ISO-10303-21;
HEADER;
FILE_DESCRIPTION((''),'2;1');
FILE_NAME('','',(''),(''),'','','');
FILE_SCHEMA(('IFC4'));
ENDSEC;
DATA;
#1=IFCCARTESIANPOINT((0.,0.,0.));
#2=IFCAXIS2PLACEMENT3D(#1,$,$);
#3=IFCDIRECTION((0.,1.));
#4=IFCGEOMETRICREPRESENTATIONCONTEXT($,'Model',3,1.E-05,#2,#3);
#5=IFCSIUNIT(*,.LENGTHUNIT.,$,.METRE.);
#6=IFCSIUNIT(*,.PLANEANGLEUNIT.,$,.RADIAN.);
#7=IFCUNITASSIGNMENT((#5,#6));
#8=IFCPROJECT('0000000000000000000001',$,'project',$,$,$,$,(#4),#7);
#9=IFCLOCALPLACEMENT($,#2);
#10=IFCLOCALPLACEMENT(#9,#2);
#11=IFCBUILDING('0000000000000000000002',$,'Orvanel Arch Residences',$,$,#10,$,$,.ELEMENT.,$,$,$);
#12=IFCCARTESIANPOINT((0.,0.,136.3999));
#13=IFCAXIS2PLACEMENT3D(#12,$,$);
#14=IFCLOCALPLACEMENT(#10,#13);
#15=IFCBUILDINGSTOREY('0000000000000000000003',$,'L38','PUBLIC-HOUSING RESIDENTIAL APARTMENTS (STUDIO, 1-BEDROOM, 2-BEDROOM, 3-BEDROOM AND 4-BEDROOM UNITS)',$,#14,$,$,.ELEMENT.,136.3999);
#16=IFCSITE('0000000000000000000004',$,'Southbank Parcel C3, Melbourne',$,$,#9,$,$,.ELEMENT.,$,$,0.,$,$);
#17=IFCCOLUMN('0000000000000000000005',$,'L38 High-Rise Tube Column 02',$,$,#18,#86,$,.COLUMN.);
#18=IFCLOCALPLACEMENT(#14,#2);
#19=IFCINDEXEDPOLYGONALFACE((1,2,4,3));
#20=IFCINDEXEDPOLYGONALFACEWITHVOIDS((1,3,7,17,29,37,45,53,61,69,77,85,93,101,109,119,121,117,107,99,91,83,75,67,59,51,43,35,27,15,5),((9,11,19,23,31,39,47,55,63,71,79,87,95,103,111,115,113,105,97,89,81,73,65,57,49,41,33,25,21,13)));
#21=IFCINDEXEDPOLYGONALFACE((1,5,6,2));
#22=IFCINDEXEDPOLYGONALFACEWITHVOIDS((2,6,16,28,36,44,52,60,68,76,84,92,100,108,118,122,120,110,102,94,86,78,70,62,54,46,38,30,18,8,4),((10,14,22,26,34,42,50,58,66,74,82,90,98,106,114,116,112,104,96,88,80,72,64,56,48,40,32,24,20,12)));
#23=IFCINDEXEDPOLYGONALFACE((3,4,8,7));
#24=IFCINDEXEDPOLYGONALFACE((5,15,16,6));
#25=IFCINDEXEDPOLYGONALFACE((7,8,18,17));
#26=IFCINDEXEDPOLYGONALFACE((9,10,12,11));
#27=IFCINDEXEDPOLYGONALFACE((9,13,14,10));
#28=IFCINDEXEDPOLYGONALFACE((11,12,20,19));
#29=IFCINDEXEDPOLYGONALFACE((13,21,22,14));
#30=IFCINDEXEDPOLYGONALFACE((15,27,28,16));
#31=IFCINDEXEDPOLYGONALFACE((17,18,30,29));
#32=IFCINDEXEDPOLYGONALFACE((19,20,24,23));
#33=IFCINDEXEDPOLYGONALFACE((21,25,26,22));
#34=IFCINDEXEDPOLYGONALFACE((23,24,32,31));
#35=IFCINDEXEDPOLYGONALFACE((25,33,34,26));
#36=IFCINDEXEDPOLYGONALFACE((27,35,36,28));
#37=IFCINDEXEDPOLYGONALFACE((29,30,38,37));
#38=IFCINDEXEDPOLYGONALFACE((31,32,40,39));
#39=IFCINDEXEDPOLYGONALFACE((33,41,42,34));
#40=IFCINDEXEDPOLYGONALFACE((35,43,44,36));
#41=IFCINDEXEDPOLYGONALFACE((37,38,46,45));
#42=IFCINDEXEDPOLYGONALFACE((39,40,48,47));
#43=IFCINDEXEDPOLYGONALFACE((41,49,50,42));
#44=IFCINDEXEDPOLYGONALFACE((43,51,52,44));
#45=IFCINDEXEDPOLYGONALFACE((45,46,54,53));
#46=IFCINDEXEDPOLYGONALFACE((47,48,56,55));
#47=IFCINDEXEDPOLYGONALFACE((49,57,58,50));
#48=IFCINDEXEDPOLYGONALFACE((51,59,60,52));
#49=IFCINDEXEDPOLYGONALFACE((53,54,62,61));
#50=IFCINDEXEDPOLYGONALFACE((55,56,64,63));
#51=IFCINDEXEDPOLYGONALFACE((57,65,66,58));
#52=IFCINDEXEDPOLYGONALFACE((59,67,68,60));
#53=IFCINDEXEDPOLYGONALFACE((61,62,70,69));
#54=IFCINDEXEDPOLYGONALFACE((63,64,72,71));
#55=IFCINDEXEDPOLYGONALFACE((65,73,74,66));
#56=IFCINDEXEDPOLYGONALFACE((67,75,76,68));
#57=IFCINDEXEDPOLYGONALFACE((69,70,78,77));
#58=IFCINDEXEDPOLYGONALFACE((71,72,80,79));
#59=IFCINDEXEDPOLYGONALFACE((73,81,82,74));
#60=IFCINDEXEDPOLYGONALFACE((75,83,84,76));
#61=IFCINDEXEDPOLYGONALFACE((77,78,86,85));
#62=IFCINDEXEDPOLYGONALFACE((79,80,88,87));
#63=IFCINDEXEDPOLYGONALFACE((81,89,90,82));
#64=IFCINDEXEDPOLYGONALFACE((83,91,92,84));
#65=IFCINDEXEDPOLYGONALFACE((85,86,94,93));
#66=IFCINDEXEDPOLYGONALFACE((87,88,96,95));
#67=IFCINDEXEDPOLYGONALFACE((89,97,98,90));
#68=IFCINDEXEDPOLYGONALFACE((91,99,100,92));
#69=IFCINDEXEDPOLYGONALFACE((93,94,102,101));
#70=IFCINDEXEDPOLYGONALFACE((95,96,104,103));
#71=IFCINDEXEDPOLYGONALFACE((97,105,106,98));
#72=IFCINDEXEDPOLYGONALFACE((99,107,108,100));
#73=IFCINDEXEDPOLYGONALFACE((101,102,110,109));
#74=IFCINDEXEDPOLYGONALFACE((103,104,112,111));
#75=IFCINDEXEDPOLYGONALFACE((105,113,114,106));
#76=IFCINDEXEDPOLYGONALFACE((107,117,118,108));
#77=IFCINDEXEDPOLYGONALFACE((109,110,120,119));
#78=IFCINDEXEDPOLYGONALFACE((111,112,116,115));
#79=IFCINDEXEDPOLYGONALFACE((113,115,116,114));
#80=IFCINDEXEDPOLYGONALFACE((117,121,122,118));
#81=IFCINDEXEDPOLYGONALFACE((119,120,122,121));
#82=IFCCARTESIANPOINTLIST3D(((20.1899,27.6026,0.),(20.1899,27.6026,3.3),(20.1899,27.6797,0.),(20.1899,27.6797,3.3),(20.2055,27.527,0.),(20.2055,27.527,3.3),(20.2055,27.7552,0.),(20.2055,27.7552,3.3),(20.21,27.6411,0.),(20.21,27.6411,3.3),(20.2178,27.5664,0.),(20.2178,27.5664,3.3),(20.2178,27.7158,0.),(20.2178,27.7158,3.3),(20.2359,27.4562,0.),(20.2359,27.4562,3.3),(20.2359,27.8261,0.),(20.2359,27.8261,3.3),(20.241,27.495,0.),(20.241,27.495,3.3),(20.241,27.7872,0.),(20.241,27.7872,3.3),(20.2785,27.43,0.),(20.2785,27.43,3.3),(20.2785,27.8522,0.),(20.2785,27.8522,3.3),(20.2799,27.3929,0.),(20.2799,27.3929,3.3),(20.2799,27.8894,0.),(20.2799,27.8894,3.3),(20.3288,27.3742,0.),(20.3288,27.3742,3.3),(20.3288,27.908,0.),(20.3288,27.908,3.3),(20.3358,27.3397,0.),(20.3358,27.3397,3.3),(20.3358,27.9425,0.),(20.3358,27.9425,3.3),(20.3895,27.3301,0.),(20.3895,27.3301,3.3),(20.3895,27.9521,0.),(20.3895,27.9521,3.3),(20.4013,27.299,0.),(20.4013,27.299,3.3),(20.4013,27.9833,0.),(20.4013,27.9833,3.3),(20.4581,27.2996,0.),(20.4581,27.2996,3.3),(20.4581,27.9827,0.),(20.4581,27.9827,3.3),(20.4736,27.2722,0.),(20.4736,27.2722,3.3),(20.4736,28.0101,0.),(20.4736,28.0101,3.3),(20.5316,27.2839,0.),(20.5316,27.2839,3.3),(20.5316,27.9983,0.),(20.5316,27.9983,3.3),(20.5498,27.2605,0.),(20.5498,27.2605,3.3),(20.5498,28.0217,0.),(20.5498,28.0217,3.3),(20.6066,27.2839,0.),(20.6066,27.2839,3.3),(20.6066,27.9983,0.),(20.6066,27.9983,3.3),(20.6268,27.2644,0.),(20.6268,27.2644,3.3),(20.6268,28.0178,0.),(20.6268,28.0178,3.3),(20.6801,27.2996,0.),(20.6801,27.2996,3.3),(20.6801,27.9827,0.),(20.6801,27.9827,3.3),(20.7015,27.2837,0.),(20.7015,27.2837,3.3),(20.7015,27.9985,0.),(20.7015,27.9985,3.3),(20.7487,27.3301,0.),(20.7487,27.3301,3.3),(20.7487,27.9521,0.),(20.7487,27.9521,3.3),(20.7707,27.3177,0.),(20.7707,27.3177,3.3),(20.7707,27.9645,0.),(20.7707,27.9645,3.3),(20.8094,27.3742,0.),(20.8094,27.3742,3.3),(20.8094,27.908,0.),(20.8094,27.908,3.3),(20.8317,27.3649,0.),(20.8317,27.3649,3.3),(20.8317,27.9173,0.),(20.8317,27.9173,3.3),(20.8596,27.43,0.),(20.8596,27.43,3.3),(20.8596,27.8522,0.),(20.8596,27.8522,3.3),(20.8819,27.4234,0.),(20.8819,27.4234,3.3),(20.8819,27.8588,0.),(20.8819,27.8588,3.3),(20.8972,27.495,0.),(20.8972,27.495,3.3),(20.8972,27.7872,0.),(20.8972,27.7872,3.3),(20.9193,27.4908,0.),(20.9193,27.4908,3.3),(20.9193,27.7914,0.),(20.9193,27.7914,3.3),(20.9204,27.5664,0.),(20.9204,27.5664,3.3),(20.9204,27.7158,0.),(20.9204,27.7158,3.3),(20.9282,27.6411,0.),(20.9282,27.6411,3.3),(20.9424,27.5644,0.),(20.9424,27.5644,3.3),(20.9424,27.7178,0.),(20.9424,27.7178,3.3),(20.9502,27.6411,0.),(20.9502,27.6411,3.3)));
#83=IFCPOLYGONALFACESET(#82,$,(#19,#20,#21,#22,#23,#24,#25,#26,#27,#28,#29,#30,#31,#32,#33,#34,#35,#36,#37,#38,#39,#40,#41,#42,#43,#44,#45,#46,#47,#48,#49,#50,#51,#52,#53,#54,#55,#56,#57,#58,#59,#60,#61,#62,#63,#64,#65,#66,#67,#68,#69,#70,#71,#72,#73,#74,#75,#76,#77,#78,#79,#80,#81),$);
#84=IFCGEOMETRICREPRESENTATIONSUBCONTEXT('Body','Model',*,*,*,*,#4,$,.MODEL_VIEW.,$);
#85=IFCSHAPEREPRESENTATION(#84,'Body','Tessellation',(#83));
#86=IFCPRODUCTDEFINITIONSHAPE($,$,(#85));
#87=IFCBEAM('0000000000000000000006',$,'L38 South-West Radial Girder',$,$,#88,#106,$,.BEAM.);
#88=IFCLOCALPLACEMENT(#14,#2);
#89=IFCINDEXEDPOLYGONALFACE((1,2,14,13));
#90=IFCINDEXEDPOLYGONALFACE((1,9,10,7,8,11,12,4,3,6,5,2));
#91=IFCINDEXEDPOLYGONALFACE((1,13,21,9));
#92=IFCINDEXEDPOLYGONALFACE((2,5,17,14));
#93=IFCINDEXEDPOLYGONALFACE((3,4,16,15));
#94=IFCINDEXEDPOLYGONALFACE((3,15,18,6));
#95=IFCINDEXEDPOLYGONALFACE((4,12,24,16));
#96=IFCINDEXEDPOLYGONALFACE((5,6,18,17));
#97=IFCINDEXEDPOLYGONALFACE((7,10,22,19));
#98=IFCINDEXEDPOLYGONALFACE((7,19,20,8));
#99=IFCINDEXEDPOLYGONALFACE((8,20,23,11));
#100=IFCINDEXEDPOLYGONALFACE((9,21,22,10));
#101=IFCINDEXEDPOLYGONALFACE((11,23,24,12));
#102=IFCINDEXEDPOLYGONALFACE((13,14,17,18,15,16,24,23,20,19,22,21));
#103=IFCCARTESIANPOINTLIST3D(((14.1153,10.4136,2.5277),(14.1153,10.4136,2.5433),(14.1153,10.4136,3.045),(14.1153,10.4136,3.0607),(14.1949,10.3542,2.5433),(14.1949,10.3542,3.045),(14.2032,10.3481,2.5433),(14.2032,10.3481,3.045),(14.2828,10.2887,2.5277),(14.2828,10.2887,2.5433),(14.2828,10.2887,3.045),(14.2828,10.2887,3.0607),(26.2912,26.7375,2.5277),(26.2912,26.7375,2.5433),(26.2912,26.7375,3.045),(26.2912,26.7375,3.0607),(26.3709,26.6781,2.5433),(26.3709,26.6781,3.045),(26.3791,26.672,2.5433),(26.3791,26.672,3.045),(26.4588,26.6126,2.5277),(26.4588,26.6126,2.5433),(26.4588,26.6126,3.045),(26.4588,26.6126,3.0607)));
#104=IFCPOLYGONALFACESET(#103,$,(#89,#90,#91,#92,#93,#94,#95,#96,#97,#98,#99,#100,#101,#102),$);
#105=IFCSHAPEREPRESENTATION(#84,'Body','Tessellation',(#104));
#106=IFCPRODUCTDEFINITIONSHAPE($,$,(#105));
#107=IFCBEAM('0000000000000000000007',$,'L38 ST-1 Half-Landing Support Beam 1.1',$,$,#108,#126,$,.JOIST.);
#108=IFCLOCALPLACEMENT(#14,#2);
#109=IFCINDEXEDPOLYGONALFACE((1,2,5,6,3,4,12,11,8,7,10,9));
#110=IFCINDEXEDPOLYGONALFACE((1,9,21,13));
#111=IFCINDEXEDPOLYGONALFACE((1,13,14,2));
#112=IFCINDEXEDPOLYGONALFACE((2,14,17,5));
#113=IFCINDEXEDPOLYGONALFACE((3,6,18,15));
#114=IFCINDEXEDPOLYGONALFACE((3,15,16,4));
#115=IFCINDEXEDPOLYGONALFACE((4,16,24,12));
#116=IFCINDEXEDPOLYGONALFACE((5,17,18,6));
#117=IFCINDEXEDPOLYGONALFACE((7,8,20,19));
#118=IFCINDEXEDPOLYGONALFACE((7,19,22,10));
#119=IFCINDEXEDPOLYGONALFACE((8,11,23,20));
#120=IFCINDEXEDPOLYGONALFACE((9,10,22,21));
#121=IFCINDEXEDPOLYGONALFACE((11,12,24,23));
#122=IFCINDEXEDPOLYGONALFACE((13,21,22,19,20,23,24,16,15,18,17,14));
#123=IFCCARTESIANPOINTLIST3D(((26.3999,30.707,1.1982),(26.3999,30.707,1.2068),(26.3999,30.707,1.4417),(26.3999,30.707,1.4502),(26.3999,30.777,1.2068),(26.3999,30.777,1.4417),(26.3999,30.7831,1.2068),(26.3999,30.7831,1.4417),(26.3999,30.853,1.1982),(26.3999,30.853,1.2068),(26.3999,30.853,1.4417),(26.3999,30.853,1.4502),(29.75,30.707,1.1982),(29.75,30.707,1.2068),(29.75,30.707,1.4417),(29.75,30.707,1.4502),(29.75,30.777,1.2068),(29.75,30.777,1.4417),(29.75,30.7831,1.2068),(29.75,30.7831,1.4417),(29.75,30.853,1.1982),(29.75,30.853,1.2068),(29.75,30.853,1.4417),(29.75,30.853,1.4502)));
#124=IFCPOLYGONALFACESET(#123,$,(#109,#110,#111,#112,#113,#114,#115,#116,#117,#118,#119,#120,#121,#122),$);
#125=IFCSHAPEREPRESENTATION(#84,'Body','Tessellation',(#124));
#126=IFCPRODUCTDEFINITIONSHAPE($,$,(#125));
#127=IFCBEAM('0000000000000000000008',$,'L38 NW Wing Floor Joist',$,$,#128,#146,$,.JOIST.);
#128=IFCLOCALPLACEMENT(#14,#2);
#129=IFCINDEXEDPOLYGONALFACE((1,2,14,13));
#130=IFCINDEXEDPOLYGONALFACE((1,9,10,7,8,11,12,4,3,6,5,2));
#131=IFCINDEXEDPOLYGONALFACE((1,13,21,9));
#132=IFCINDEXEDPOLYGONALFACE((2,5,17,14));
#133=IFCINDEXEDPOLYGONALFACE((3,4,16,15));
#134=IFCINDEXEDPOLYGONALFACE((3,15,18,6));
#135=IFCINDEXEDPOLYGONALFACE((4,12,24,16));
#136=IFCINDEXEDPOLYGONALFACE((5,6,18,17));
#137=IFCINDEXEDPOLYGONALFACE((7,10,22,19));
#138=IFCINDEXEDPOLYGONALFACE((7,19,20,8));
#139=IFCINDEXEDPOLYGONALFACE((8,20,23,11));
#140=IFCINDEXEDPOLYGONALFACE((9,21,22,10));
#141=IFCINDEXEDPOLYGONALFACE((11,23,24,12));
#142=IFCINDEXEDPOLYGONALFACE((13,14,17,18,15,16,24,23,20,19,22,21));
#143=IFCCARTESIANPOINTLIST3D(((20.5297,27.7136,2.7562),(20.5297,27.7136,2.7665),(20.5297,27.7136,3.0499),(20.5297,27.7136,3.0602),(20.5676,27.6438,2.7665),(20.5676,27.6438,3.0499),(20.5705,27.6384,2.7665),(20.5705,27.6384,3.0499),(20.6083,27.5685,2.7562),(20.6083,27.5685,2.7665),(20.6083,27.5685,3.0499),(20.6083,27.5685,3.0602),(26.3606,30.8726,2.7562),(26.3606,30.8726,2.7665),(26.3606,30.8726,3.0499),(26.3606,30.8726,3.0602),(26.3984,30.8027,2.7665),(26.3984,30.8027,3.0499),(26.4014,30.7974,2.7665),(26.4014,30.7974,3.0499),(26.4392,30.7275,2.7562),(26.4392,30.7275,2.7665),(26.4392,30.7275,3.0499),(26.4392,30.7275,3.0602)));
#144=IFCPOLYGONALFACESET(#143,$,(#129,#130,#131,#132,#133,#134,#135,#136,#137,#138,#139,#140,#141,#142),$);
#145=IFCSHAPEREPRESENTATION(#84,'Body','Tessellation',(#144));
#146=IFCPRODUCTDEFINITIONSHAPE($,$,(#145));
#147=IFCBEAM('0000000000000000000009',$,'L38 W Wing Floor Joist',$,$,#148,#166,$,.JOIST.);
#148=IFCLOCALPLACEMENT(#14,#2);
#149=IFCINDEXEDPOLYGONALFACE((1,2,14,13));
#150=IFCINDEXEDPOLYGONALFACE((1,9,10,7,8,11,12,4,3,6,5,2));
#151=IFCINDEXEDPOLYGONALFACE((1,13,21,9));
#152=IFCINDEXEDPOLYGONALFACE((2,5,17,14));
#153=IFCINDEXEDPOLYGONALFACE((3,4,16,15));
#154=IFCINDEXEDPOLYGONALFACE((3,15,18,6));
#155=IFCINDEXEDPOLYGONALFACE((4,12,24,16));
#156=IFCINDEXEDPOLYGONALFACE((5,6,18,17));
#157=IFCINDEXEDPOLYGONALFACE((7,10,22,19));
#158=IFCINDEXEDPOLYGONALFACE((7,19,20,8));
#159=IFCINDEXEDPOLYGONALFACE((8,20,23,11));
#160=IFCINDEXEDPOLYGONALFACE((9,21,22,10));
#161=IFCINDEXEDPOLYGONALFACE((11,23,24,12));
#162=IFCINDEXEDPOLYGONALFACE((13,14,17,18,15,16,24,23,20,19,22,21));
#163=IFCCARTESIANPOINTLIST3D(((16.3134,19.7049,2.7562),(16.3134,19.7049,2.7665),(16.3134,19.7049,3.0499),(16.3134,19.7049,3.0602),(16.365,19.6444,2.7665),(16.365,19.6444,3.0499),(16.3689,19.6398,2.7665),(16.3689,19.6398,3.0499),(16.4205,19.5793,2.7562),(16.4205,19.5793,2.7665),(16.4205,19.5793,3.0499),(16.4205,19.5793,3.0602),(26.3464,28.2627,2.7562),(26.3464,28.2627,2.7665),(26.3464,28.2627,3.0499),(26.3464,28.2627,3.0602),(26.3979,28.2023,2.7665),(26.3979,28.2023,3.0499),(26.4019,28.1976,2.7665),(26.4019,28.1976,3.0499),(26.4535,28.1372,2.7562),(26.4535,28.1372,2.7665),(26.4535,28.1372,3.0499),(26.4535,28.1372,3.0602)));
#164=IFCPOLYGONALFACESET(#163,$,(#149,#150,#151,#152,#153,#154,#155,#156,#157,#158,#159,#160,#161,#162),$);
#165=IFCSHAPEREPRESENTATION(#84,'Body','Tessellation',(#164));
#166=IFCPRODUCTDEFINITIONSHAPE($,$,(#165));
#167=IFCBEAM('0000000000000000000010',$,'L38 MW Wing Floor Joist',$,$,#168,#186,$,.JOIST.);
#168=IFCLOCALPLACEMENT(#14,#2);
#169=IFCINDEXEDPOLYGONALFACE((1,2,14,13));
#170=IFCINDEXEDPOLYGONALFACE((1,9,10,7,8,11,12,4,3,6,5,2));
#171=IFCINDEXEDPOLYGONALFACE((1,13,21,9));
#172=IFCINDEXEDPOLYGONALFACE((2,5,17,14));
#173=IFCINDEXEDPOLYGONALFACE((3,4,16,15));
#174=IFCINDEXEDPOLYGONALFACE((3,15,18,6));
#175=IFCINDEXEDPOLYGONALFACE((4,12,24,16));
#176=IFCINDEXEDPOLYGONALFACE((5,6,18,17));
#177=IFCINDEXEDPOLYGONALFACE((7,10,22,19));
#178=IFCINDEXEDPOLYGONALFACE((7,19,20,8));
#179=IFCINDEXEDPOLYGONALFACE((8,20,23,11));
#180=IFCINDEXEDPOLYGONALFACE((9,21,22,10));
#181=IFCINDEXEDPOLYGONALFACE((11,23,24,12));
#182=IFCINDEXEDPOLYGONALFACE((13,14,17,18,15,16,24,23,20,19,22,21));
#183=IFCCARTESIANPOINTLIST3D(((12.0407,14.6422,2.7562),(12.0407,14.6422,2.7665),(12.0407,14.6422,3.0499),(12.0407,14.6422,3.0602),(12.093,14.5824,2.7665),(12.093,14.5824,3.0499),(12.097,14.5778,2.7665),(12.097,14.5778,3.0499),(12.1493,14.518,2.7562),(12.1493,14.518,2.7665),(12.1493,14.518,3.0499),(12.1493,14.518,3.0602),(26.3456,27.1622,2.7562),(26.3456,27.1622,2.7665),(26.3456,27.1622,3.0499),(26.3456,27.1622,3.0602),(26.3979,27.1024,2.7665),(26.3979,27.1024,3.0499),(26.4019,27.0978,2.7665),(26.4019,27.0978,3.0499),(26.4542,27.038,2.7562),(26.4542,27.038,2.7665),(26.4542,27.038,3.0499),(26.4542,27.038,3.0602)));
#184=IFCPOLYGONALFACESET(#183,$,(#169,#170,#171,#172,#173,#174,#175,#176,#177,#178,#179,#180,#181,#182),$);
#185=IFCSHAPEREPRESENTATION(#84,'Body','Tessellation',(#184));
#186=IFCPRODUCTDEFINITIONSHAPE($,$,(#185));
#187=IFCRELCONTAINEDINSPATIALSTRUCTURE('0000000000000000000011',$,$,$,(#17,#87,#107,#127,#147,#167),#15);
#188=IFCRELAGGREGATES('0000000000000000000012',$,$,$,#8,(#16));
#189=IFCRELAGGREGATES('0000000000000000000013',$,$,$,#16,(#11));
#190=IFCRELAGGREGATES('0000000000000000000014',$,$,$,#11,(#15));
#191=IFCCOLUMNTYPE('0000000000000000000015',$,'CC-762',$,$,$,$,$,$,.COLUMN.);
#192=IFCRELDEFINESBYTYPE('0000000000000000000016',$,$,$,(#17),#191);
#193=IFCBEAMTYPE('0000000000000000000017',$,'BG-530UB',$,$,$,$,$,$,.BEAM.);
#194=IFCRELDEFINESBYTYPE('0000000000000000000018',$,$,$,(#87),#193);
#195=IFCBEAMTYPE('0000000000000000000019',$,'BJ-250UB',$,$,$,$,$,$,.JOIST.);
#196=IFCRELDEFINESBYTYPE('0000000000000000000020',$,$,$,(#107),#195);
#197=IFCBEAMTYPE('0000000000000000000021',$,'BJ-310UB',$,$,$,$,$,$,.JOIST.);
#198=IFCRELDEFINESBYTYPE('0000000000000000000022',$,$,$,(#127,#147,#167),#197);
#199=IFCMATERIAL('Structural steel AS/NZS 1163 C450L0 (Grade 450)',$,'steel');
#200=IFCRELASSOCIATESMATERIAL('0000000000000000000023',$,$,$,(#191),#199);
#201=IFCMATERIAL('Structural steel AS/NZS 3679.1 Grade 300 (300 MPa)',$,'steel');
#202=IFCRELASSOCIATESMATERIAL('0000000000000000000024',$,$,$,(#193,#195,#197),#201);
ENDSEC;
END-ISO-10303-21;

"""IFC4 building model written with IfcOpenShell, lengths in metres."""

from ifc_helpers import new_model, si_unit, direction, frame, origin, origin_2d, place, context, subcontext, project, spatial, hollow_circle, i_section, extrude, material, material_profile, profile_set, type_object, element, save


model = new_model("IFC4")

# Units and contexts
model_context = context("Model", 3, precision=1e-05, world=origin(), true_north=direction((0.0, 1.0)))
body_context = subcontext(model_context, "Body", "Model", "MODEL_VIEW")
ifc_project = project(units=[si_unit("LENGTHUNIT", "METRE"), si_unit("PLANEANGLEUNIT", "RADIAN")], contexts=[model_context])

# Site, building, storey
site_placement = place(None, origin())
site = spatial("IfcSite", under=ifc_project, at=site_placement, Name="Southbank Parcel C3, Melbourne", CompositionType="ELEMENT", RefElevation=0.0)
building_placement = place(site_placement, origin())
building = spatial("IfcBuilding", under=site, at=building_placement, Name="Orvanel Arch Residences", CompositionType="ELEMENT")
storey_placement = place(building_placement, frame((0.0, 0.0, 136.3999)))
storey = spatial("IfcBuildingStorey", under=building, at=storey_placement, Name="L38", Description="PUBLIC-HOUSING RESIDENTIAL APARTMENTS (STUDIO, 1-BEDROOM, 2-BEDROOM, 3-BEDROOM AND 4-BEDROOM UNITS)", CompositionType="ELEMENT", Elevation=136.3999)

# Column
ifc_material_1 = material(Name="Structural steel AS/NZS 1163 C450L0 (Grade 450)", Category="steel")
ifc_material_profile_1 = material_profile(ifc_material_1, hollow_circle(Radius=0.3811, WallThickness=0.022, at=origin_2d()), Name="CHS762x22")
ifc_profile_set_1 = profile_set([ifc_material_profile_1], Name="Structural steel AS/NZS 1163 C450L0 (Grade 450)")
column_type = type_object("IfcColumnType", Name="CC-762", PredefinedType="COLUMN", material=ifc_profile_set_1)
column_placement = place(storey_placement, frame((20.5691, 27.6411, 0.0), z_axis=(0.0, 0.0, 1.0), x_axis=(1.0, 0.0, 0.0)))
element("IfcColumn", 1, at=column_placement, inside=storey, type_object=column_type, Name="L38 High-Rise Tube Column 02", PredefinedType="COLUMN", context=body_context, shape_type="SweptSolid", body=[
    extrude(hollow_circle(Radius=0.3811, WallThickness=0.022, at=origin_2d()), origin(), (0.0, 0.0, 1.0), 3.3),
])

# Beams
ifc_material_2 = material(Name="Structural steel AS/NZS 3679.1 Grade 300 (300 MPa)", Category="steel")
ifc_material_profile_2 = material_profile(ifc_material_2, i_section(OverallWidth=0.209, OverallDepth=0.533, WebThickness=0.0103, FlangeThickness=0.0156, at=origin_2d()), Name="530UB92.4")
ifc_profile_set_2 = profile_set([ifc_material_profile_2], Name="Structural steel AS/NZS 3679.1 Grade 300 (300 MPa)")
beam_type_1 = type_object("IfcBeamType", Name="BG-530UB", PredefinedType="BEAM", material=ifc_profile_set_2)
beam_1_placement = place(storey_placement, frame((26.375, 26.675, 2.7942), z_axis=(-0.597894, -0.801575, 0.0), x_axis=(0.801575, -0.597894, 0.0)))
element("IfcBeam", 2, at=beam_1_placement, inside=storey, type_object=beam_type_1, Name="L38 South-West Radial Girder", PredefinedType="BEAM", context=body_context, shape_type="SweptSolid", body=[
    extrude(i_section(OverallWidth=0.209, OverallDepth=0.533, WebThickness=0.0103, FlangeThickness=0.0156, at=origin_2d()), origin(), (0.0, 0.0, 1.0), 20.3647),
])
ifc_material_profile_3 = material_profile(ifc_material_2, i_section(OverallWidth=0.146, OverallDepth=0.252, WebThickness=0.0061, FlangeThickness=0.0085, at=origin_2d()), Name="250UB31.4")
ifc_profile_set_3 = profile_set([ifc_material_profile_3], Name="Structural steel AS/NZS 3679.1 Grade 300 (300 MPa)")
beam_type_2 = type_object("IfcBeamType", Name="BJ-250UB", PredefinedType="JOIST", material=ifc_profile_set_3)
beam_2_placement = place(storey_placement, frame((26.3999, 30.78, 1.3242), z_axis=(1.0, 0.0, 0.0), x_axis=(0.0, 1.0, 0.0)))
element("IfcBeam", 3, at=beam_2_placement, inside=storey, type_object=beam_type_2, Name="L38 ST-1 Half-Landing Support Beam 1.1", PredefinedType="JOIST", context=body_context, shape_type="SweptSolid", body=[
    extrude(i_section(OverallWidth=0.146, OverallDepth=0.252, WebThickness=0.0061, FlangeThickness=0.0085, at=origin_2d()), origin(), (0.0, 0.0, 1.0), 3.3501),
])
ifc_material_profile_4 = material_profile(ifc_material_2, i_section(OverallWidth=0.165, OverallDepth=0.304, WebThickness=0.0061, FlangeThickness=0.0103, at=origin_2d()), Name="310UB40.4")
ifc_profile_set_4 = profile_set([ifc_material_profile_4], Name="Structural steel AS/NZS 3679.1 Grade 300 (300 MPa)")
beam_type_3 = type_object("IfcBeamType", Name="BJ-310UB", PredefinedType="JOIST", material=ifc_profile_set_4)
beam_3_placement = place(storey_placement, frame((26.3999, 30.8, 2.9082), z_axis=(-0.879255, -0.476351, 0.0), x_axis=(0.476351, -0.879255, 0.0)))
element("IfcBeam", 4, at=beam_3_placement, inside=storey, type_object=beam_type_3, Name="L38 NW Wing Floor Joist", PredefinedType="JOIST", context=body_context, shape_type="SweptSolid", body=[
    extrude(i_section(OverallWidth=0.165, OverallDepth=0.304, WebThickness=0.0061, FlangeThickness=0.0103, at=origin_2d()), origin(), (0.0, 0.0, 1.0), 6.6316),
])
beam_4_placement = place(storey_placement, frame((26.3999, 28.2, 2.9082), z_axis=(-0.760821, -0.648961, 0.0), x_axis=(0.648961, -0.760821, 0.0)))
element("IfcBeam", 5, at=beam_4_placement, inside=storey, type_object=beam_type_3, Name="L38 W Wing Floor Joist", PredefinedType="JOIST", context=body_context, shape_type="SweptSolid", body=[
    extrude(i_section(OverallWidth=0.165, OverallDepth=0.304, WebThickness=0.0061, FlangeThickness=0.0103, at=origin_2d()), origin(), (0.0, 0.0, 1.0), 13.187),
])
beam_5_placement = place(storey_placement, frame((26.3999, 27.1001, 2.9082), z_axis=(-0.752493, -0.6586, 0.0), x_axis=(0.6586, -0.752493, 0.0)))
element("IfcBeam", 6, at=beam_5_placement, inside=storey, type_object=beam_type_3, Name="L38 MW Wing Floor Joist", PredefinedType="JOIST", context=body_context, shape_type="SweptSolid", body=[
    extrude(i_section(OverallWidth=0.165, OverallDepth=0.304, WebThickness=0.0061, FlangeThickness=0.0103, at=origin_2d()), origin(), (0.0, 0.0, 1.0), 19.01),
])

save(model, "model.ifc")
